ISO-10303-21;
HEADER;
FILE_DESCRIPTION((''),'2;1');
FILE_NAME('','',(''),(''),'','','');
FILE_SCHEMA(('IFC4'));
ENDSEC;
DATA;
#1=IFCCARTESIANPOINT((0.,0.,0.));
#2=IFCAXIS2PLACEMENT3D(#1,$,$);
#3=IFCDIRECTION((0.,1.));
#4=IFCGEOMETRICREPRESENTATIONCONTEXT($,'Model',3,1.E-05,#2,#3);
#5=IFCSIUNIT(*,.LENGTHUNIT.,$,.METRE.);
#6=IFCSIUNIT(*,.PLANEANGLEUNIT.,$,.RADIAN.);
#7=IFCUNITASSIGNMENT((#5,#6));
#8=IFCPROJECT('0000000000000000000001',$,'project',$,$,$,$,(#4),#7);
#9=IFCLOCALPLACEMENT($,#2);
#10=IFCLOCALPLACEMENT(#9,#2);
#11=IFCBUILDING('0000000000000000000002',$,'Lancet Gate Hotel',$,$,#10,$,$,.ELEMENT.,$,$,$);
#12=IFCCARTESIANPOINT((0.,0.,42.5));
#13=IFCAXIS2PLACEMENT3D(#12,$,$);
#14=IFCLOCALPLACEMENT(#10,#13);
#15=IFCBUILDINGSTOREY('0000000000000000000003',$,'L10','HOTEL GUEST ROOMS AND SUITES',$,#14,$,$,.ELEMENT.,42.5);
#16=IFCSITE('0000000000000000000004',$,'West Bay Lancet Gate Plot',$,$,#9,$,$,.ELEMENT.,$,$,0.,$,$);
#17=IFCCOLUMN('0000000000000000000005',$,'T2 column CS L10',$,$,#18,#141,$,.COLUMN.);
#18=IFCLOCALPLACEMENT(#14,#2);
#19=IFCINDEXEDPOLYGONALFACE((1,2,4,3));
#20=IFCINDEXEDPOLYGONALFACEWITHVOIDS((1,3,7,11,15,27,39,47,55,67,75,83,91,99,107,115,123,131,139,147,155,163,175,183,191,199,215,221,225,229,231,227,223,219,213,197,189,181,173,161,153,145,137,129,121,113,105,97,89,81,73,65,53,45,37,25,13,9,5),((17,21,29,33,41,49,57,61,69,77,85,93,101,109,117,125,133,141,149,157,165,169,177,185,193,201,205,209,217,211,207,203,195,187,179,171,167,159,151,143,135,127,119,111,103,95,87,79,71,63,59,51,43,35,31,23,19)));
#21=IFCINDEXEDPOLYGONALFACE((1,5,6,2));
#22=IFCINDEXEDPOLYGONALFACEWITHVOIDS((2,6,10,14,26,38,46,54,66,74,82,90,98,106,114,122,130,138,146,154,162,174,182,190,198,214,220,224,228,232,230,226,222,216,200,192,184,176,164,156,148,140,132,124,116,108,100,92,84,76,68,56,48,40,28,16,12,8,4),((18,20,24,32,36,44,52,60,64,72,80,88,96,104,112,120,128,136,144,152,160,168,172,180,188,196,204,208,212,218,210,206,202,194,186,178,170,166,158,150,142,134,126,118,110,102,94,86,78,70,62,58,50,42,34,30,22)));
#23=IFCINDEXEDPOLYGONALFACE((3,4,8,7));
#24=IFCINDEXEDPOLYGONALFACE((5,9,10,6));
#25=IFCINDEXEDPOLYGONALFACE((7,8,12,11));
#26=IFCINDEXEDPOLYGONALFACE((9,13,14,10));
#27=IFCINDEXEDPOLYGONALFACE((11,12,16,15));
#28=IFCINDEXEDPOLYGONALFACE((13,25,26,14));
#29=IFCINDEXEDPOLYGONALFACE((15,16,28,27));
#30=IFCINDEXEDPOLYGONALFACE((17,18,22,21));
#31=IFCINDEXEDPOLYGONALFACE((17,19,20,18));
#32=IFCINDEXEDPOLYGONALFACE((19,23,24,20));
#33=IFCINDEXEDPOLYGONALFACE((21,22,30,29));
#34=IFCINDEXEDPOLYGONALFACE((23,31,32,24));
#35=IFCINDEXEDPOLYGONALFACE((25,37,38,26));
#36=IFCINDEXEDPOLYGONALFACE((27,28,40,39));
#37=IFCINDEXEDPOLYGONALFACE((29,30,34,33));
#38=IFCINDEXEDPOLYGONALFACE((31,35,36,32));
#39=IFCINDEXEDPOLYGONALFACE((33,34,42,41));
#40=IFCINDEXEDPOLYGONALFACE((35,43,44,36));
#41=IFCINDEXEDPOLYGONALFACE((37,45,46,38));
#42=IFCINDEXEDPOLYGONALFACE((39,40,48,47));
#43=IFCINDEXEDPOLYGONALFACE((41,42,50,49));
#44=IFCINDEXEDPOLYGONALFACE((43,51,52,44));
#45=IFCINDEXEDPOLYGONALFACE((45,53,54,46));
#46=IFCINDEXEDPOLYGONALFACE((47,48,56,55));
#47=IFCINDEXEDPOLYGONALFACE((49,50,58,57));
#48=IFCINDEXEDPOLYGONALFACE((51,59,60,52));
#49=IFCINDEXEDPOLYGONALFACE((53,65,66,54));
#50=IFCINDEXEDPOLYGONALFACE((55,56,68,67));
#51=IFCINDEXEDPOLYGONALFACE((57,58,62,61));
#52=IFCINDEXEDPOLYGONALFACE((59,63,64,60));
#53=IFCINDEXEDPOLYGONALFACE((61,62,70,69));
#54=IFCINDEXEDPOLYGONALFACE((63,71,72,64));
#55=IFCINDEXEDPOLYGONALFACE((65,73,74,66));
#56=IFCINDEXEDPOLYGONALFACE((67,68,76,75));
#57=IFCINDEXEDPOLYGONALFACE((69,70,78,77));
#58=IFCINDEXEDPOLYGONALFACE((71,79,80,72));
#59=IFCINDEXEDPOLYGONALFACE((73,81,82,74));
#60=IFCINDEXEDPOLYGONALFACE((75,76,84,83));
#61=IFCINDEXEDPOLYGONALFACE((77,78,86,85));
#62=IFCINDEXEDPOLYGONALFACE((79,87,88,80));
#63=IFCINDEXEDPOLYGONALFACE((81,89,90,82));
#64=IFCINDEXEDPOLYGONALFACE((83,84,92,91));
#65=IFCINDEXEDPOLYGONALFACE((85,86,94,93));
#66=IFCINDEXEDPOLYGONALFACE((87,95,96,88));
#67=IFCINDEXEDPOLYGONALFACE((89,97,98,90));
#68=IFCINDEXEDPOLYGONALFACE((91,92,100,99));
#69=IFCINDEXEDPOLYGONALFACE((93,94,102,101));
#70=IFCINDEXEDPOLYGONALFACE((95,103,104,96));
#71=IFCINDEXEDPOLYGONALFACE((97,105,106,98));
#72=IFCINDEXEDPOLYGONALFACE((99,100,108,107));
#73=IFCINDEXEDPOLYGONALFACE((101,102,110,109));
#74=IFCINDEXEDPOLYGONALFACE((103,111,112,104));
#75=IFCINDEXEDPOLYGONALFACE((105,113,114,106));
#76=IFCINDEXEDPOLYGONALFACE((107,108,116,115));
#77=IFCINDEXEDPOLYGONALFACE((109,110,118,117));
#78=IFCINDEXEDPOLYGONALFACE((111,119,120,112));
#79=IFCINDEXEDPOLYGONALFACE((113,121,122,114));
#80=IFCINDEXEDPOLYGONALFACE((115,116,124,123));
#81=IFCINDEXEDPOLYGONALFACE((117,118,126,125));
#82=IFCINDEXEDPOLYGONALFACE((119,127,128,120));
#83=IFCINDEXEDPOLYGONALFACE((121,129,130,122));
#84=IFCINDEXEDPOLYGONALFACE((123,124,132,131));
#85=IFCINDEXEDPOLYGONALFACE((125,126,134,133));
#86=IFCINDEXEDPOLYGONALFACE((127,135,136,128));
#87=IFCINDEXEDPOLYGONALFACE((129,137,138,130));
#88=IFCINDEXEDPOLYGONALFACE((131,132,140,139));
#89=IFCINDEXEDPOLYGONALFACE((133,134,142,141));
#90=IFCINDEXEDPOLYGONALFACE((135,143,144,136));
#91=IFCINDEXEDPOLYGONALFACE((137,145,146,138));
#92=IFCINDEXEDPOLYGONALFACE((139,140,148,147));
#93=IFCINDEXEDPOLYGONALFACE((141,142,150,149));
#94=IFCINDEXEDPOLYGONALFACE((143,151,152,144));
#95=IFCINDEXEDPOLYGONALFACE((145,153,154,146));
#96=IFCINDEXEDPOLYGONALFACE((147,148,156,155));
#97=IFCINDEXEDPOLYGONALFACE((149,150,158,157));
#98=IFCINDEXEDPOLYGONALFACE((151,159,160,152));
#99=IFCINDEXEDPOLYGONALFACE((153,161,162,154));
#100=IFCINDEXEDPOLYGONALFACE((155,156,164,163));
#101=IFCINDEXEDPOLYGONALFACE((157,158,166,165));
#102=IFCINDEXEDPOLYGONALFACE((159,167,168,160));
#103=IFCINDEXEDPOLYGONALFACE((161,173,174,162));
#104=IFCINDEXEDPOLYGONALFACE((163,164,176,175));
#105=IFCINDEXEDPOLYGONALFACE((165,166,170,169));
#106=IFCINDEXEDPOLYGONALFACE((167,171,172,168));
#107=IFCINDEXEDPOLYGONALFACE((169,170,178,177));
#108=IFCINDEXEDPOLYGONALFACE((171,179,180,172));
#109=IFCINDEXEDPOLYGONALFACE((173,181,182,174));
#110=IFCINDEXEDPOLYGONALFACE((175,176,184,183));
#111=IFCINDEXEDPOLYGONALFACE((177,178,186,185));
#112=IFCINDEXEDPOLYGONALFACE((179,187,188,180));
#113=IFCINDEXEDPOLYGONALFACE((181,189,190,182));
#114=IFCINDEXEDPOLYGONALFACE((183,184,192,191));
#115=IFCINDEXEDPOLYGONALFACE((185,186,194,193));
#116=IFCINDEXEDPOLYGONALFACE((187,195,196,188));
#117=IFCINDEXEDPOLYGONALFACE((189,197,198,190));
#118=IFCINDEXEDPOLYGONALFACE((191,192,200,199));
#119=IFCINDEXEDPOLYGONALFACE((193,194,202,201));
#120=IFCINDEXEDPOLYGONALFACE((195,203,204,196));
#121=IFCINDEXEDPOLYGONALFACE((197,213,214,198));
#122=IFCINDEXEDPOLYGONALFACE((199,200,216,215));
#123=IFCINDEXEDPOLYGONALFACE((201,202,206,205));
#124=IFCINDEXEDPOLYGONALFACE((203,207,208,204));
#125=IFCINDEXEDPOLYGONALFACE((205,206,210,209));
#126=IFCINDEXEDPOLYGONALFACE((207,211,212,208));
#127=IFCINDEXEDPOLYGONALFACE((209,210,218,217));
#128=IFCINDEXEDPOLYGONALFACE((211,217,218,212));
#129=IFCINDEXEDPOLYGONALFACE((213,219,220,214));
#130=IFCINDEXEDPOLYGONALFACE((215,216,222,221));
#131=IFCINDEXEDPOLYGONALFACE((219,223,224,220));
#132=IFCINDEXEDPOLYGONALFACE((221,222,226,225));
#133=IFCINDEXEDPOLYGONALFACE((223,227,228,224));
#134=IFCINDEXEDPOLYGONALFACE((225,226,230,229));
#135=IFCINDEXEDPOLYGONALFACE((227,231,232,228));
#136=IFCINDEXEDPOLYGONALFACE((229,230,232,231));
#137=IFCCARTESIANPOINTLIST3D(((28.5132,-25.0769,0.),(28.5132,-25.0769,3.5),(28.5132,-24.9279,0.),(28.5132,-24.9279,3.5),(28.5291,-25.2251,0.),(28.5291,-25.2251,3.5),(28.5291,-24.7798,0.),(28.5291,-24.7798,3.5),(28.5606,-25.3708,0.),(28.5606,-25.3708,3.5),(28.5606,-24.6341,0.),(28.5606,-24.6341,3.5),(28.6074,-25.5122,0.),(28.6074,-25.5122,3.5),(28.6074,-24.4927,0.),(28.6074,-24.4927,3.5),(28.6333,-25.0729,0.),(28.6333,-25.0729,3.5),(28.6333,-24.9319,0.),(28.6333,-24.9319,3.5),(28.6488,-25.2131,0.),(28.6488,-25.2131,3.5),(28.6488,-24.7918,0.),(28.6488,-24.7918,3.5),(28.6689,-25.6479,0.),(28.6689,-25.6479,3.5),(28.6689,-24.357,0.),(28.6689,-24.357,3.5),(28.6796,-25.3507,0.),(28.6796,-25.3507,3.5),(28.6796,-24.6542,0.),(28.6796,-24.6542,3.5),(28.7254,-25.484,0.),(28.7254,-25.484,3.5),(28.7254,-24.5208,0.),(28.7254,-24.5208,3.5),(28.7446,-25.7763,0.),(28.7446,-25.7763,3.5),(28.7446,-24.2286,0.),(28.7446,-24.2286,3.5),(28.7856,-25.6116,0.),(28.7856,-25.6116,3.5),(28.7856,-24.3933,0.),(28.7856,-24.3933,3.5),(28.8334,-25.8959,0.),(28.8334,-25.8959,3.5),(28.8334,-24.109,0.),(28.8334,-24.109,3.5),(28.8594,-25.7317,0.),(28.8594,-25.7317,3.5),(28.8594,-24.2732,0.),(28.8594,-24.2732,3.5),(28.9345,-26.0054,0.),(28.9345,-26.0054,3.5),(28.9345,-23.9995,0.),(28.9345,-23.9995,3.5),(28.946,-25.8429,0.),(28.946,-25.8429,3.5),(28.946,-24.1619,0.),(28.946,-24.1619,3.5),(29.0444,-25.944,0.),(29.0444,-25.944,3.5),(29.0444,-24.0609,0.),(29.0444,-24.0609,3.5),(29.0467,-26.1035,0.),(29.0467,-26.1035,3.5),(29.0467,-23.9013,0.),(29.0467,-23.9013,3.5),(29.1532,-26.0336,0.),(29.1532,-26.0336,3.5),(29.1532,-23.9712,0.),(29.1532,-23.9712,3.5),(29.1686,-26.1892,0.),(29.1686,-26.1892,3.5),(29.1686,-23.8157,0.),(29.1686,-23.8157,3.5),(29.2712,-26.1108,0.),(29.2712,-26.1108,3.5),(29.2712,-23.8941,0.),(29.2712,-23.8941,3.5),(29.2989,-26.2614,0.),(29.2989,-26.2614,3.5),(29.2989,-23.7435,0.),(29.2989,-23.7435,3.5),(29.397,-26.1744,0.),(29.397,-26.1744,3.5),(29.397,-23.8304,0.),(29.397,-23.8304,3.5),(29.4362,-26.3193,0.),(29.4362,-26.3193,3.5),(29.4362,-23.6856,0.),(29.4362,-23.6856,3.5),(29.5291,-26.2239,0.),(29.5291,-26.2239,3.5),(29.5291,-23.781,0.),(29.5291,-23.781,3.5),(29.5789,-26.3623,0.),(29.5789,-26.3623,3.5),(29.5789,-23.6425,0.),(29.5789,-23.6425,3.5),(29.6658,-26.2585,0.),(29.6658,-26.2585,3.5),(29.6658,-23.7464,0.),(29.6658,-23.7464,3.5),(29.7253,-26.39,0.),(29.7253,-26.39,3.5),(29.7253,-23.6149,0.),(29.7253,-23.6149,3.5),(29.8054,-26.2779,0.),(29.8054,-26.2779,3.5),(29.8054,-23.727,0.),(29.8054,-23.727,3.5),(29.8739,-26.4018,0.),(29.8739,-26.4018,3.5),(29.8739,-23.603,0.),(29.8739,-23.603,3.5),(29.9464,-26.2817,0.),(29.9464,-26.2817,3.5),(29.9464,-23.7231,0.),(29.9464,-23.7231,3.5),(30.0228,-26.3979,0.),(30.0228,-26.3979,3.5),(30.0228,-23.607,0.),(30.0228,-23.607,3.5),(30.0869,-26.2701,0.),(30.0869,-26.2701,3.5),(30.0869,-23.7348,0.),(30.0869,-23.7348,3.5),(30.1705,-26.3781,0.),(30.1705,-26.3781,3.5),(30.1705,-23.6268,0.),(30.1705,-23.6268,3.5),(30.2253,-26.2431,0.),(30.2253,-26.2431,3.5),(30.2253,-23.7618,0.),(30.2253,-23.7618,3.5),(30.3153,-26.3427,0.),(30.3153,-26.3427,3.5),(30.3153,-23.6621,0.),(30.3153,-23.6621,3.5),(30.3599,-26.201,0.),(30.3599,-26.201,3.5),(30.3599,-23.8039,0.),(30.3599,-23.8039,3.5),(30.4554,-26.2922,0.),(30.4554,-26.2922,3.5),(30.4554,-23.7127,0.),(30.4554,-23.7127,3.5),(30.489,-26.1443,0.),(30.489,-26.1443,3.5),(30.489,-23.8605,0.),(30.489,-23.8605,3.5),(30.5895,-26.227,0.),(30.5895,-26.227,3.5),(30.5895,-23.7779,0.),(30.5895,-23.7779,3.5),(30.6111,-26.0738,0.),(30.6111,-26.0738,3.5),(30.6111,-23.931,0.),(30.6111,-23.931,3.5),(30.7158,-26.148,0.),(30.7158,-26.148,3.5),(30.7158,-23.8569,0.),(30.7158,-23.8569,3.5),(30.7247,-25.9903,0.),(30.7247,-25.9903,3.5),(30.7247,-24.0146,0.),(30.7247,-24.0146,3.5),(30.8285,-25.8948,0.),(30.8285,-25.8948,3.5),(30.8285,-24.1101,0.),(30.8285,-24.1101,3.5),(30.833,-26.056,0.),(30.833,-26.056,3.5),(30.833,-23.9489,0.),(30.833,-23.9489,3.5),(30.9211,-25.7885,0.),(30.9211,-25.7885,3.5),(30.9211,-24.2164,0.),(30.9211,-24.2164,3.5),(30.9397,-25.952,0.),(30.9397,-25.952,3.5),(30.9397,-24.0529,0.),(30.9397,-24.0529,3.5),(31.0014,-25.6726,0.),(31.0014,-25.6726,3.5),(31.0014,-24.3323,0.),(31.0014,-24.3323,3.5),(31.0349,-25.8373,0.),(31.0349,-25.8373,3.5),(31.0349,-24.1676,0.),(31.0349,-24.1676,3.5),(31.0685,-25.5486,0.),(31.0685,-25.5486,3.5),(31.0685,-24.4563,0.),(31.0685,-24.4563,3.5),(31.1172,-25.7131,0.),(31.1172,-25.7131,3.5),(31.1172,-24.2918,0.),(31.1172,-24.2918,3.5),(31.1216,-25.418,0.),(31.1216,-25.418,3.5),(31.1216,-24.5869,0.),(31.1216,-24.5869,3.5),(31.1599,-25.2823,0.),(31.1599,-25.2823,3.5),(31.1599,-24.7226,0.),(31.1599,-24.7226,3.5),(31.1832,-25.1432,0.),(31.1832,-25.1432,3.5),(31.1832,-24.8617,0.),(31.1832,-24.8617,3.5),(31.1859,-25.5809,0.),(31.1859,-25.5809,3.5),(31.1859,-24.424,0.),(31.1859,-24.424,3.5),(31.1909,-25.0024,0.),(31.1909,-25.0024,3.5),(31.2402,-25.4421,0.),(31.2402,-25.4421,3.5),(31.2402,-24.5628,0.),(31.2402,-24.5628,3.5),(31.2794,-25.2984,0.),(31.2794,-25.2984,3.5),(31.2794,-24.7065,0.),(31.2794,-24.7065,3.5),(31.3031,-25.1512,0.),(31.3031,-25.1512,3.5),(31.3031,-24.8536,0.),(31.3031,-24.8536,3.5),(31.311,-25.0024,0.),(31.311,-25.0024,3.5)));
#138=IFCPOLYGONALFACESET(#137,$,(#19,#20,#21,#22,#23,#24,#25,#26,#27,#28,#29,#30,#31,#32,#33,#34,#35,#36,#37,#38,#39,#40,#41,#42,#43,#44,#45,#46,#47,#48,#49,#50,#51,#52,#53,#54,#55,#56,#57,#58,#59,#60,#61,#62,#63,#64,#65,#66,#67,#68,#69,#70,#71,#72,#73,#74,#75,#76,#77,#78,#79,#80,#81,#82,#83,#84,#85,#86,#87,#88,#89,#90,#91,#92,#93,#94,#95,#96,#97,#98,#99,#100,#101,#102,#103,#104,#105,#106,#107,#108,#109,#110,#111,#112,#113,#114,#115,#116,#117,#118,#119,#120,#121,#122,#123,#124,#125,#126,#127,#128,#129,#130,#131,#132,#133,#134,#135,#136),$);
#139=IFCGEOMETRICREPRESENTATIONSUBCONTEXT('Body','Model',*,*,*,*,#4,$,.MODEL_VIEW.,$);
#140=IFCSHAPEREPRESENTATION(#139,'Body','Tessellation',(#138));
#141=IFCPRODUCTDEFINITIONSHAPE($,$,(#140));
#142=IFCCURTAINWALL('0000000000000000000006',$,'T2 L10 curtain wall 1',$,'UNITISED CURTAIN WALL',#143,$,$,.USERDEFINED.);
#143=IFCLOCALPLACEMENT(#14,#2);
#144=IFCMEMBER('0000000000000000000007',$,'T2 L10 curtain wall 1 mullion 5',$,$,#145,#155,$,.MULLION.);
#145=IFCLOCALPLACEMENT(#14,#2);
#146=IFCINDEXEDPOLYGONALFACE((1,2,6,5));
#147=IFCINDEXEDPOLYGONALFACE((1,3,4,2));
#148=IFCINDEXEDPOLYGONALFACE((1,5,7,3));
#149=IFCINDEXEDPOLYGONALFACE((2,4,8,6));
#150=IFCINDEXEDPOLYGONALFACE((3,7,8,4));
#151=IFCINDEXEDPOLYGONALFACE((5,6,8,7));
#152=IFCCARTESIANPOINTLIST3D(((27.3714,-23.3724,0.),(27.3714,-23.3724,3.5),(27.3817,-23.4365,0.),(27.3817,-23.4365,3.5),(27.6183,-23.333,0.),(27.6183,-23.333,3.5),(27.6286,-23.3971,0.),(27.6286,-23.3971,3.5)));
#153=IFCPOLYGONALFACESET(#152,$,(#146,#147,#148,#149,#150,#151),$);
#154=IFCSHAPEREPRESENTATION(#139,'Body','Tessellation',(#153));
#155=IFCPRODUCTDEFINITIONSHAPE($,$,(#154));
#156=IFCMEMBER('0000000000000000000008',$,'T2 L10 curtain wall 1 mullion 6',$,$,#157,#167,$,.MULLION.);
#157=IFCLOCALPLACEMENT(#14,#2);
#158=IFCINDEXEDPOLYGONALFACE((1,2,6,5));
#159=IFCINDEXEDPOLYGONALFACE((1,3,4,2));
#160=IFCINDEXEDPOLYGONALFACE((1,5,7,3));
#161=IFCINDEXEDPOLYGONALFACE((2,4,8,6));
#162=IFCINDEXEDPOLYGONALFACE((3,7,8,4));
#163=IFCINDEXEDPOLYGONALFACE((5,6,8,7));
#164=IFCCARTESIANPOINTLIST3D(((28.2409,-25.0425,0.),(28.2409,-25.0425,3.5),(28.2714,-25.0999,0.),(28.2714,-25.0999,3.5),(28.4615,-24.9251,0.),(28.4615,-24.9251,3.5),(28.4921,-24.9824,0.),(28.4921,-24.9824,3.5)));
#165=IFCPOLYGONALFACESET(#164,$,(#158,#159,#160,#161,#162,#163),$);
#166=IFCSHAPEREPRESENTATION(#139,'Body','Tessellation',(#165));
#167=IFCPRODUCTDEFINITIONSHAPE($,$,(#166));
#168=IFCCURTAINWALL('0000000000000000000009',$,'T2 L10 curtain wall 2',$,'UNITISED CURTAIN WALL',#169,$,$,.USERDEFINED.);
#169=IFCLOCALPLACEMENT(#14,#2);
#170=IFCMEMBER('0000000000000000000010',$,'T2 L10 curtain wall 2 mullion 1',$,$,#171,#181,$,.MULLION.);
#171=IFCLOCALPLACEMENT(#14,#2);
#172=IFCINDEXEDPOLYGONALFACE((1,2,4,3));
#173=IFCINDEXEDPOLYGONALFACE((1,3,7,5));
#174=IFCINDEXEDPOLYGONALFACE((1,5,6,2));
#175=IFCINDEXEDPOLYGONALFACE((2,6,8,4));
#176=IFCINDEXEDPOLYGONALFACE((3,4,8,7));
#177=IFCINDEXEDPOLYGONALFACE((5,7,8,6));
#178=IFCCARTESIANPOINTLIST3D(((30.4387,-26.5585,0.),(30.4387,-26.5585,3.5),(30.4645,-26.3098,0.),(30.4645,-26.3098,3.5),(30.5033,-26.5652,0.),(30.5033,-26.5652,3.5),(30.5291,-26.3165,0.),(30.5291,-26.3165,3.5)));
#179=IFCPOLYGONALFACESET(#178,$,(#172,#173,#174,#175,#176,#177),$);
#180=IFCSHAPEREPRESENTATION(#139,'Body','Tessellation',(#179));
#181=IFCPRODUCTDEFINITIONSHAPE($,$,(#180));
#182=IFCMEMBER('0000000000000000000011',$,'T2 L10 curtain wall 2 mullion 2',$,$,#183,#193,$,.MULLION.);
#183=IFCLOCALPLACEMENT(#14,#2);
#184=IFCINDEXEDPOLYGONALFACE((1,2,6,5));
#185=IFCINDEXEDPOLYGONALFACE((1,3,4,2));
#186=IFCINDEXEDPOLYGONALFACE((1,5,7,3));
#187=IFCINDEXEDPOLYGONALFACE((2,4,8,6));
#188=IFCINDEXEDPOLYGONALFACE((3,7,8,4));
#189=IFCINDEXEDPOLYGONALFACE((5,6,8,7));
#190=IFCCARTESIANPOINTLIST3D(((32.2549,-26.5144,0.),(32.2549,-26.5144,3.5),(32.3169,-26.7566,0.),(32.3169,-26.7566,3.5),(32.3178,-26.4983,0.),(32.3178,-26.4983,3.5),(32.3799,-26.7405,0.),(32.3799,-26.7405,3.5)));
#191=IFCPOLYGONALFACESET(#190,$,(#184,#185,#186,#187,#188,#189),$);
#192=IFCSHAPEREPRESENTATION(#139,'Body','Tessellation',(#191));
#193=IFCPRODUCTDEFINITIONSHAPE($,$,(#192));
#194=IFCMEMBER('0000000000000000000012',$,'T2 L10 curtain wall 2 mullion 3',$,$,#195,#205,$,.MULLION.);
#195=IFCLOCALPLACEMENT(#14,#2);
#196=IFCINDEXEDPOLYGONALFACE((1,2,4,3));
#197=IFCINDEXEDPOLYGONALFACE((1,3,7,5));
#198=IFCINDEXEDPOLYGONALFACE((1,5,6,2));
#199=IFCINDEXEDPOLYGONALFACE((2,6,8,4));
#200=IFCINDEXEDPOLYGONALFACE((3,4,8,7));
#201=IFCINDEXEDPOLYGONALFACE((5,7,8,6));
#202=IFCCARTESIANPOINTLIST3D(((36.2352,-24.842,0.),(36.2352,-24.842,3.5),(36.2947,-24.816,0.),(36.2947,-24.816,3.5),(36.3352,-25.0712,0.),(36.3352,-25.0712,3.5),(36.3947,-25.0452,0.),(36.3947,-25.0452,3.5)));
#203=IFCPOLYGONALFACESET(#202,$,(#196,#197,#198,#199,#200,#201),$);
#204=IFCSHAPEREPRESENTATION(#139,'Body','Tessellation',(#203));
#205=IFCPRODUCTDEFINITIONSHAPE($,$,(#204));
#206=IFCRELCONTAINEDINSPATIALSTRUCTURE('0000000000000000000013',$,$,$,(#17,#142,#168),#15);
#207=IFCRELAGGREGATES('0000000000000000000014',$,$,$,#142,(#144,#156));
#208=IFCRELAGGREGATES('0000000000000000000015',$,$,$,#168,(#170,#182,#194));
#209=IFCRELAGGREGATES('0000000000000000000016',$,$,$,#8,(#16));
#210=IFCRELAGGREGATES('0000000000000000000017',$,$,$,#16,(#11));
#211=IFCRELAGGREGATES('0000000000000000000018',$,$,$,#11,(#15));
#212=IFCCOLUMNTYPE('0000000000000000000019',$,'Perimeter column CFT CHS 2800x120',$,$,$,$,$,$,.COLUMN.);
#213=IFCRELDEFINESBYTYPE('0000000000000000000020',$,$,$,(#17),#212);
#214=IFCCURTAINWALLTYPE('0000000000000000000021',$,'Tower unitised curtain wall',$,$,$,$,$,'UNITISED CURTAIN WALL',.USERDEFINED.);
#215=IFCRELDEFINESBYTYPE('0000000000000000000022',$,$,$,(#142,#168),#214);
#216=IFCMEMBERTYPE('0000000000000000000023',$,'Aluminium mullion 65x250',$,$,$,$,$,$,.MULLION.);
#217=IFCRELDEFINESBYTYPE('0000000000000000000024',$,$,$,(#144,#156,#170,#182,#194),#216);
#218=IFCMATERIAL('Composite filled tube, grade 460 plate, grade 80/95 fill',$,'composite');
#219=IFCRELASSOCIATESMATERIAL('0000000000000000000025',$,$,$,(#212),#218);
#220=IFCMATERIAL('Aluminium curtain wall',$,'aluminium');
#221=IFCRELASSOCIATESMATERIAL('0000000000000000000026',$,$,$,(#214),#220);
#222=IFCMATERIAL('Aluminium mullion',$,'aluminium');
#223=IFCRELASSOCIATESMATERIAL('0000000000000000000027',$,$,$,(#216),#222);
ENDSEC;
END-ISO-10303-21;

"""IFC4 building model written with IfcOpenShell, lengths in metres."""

from ifc_helpers import new_model, si_unit, direction, frame, origin, origin_2d, place, context, subcontext, project, spatial, rectangle, hollow_circle, extrude, material, material_profile, profile_set, type_object, element, aggregate, save


model = new_model("IFC4")

# Units and contexts
model_context = context("Model", 3, precision=1e-05, world=origin(), true_north=direction((0.0, 1.0)))
body_context = subcontext(model_context, "Body", "Model", "MODEL_VIEW")
ifc_project = project(units=[si_unit("LENGTHUNIT", "METRE"), si_unit("PLANEANGLEUNIT", "RADIAN")], contexts=[model_context])

# Site, building, storey
site_placement = place(None, origin())
site = spatial("IfcSite", under=ifc_project, at=site_placement, Name="West Bay Lancet Gate Plot", CompositionType="ELEMENT", RefElevation=0.0)
building_placement = place(site_placement, origin())
building = spatial("IfcBuilding", under=site, at=building_placement, Name="Lancet Gate Hotel", CompositionType="ELEMENT")
storey_placement = place(building_placement, frame((0.0, 0.0, 42.5)))
storey = spatial("IfcBuildingStorey", under=building, at=storey_placement, Name="L10", Description="HOTEL GUEST ROOMS AND SUITES", CompositionType="ELEMENT", Elevation=42.5)

# Column
ifc_material_1 = material(Name="Composite filled tube, grade 460 plate, grade 80/95 fill", Category="composite")
ifc_material_profile_1 = material_profile(ifc_material_1, hollow_circle(Radius=1.3999, WallThickness=0.1201, at=origin_2d()), Name="CHS 2800x120")
ifc_profile_set_1 = profile_set([ifc_material_profile_1], Name="Composite filled tube, grade 460 plate, grade 80/95 fill")
column_type = type_object("IfcColumnType", Name="Perimeter column CFT CHS 2800x120", PredefinedType="COLUMN", material=ifc_profile_set_1)
column_placement = place(storey_placement, frame((29.9111, -25.0024, 0.0), z_axis=(0.0, 0.0, 1.0), x_axis=(1.0, 0.0, 0.0)))
element("IfcColumn", 1, at=column_placement, inside=storey, type_object=column_type, Name="T2 column CS L10", PredefinedType="COLUMN", context=body_context, shape_type="SweptSolid", body=[
    extrude(hollow_circle(Radius=1.3999, WallThickness=0.1201, at=origin_2d()), origin(), (0.0, 0.0, 1.0), 3.5),
])

# Curtain walls, members
ifc_material_2 = material(Name="Aluminium curtain wall", Category="aluminium")
curtain_wall_type = type_object("IfcCurtainWallType", Name="Tower unitised curtain wall", ElementType="UNITISED CURTAIN WALL", PredefinedType="USERDEFINED", material=ifc_material_2)
curtain_wall_1_placement = place(storey_placement, origin())
curtain_wall_1 = element("IfcCurtainWall", 2, at=curtain_wall_1_placement, inside=storey, type_object=curtain_wall_type, Name="T2 L10 curtain wall 1", ObjectType="UNITISED CURTAIN WALL", PredefinedType="USERDEFINED")
ifc_material_3 = material(Name="Aluminium mullion", Category="aluminium")
ifc_material_profile_2 = material_profile(ifc_material_3, rectangle(XDim=0.0649, YDim=0.25, at=origin_2d()), Name="MULLION 65x250")
ifc_profile_set_2 = profile_set([ifc_material_profile_2], Name="Aluminium mullion")
member_type_1 = type_object("IfcMemberType", Name="Aluminium mullion 65x250", PredefinedType="MULLION", material=ifc_profile_set_2)
member_1_placement = place(storey_placement, frame((27.5, -23.3848, 0.0), z_axis=(0.0, 0.0, 1.0), x_axis=(0.157752, -0.987479, 0.0)))
member_1 = element("IfcMember", 3, at=member_1_placement, type_object=member_type_1, Name="T2 L10 curtain wall 1 mullion 5", PredefinedType="MULLION", context=body_context, shape_type="SweptSolid", body=[
    extrude(rectangle(XDim=0.0649, YDim=0.25, at=origin_2d()), origin(), (0.0, 0.0, 1.0), 3.5),
])
member_2_placement = place(storey_placement, frame((28.3665, -25.0125, 0.0), z_axis=(0.0, 0.0, 1.0), x_axis=(0.469898, -0.882721, 0.0)))
member_2 = element("IfcMember", 4, at=member_2_placement, type_object=member_type_1, Name="T2 L10 curtain wall 1 mullion 6", PredefinedType="MULLION", context=body_context, shape_type="SweptSolid", body=[
    extrude(rectangle(XDim=0.0649, YDim=0.25, at=origin_2d()), origin(), (0.0, 0.0, 1.0), 3.5),
])
curtain_wall_2_placement = place(storey_placement, origin())
curtain_wall_2 = element("IfcCurtainWall", 5, at=curtain_wall_2_placement, inside=storey, type_object=curtain_wall_type, Name="T2 L10 curtain wall 2", ObjectType="UNITISED CURTAIN WALL", PredefinedType="USERDEFINED")
member_3_placement = place(storey_placement, frame((30.4839, -26.4375, 0.0), z_axis=(0.0, 0.0, 1.0), x_axis=(0.994672, -0.103088, 0.0)))
member_3 = element("IfcMember", 6, at=member_3_placement, type_object=member_type_1, Name="T2 L10 curtain wall 2 mullion 1", PredefinedType="MULLION", context=body_context, shape_type="SweptSolid", body=[
    extrude(rectangle(XDim=0.0649, YDim=0.25, at=origin_2d()), origin(), (0.0, 0.0, 1.0), 3.5),
])
member_4_placement = place(storey_placement, frame((32.3174, -26.6274, 0.0), z_axis=(0.0, 0.0, 1.0), x_axis=(0.968721, 0.24815, 0.0)))
member_4 = element("IfcMember", 7, at=member_4_placement, type_object=member_type_1, Name="T2 L10 curtain wall 2 mullion 2", PredefinedType="MULLION", context=body_context, shape_type="SweptSolid", body=[
    extrude(rectangle(XDim=0.0649, YDim=0.25, at=origin_2d()), origin(), (0.0, 0.0, 1.0), 3.5),
])
member_5_placement = place(storey_placement, frame((36.3149, -24.9436, 0.0), z_axis=(0.0, 0.0, 1.0), x_axis=(0.916579, 0.399854, 0.0)))
member_5 = element("IfcMember", 8, at=member_5_placement, type_object=member_type_1, Name="T2 L10 curtain wall 2 mullion 3", PredefinedType="MULLION", context=body_context, shape_type="SweptSolid", body=[
    extrude(rectangle(XDim=0.0649, YDim=0.25, at=origin_2d()), origin(), (0.0, 0.0, 1.0), 3.5),
])

aggregate(curtain_wall_1, [member_1, member_2])
aggregate(curtain_wall_2, [member_3, member_4, member_5])

save(model, "model.ifc")
